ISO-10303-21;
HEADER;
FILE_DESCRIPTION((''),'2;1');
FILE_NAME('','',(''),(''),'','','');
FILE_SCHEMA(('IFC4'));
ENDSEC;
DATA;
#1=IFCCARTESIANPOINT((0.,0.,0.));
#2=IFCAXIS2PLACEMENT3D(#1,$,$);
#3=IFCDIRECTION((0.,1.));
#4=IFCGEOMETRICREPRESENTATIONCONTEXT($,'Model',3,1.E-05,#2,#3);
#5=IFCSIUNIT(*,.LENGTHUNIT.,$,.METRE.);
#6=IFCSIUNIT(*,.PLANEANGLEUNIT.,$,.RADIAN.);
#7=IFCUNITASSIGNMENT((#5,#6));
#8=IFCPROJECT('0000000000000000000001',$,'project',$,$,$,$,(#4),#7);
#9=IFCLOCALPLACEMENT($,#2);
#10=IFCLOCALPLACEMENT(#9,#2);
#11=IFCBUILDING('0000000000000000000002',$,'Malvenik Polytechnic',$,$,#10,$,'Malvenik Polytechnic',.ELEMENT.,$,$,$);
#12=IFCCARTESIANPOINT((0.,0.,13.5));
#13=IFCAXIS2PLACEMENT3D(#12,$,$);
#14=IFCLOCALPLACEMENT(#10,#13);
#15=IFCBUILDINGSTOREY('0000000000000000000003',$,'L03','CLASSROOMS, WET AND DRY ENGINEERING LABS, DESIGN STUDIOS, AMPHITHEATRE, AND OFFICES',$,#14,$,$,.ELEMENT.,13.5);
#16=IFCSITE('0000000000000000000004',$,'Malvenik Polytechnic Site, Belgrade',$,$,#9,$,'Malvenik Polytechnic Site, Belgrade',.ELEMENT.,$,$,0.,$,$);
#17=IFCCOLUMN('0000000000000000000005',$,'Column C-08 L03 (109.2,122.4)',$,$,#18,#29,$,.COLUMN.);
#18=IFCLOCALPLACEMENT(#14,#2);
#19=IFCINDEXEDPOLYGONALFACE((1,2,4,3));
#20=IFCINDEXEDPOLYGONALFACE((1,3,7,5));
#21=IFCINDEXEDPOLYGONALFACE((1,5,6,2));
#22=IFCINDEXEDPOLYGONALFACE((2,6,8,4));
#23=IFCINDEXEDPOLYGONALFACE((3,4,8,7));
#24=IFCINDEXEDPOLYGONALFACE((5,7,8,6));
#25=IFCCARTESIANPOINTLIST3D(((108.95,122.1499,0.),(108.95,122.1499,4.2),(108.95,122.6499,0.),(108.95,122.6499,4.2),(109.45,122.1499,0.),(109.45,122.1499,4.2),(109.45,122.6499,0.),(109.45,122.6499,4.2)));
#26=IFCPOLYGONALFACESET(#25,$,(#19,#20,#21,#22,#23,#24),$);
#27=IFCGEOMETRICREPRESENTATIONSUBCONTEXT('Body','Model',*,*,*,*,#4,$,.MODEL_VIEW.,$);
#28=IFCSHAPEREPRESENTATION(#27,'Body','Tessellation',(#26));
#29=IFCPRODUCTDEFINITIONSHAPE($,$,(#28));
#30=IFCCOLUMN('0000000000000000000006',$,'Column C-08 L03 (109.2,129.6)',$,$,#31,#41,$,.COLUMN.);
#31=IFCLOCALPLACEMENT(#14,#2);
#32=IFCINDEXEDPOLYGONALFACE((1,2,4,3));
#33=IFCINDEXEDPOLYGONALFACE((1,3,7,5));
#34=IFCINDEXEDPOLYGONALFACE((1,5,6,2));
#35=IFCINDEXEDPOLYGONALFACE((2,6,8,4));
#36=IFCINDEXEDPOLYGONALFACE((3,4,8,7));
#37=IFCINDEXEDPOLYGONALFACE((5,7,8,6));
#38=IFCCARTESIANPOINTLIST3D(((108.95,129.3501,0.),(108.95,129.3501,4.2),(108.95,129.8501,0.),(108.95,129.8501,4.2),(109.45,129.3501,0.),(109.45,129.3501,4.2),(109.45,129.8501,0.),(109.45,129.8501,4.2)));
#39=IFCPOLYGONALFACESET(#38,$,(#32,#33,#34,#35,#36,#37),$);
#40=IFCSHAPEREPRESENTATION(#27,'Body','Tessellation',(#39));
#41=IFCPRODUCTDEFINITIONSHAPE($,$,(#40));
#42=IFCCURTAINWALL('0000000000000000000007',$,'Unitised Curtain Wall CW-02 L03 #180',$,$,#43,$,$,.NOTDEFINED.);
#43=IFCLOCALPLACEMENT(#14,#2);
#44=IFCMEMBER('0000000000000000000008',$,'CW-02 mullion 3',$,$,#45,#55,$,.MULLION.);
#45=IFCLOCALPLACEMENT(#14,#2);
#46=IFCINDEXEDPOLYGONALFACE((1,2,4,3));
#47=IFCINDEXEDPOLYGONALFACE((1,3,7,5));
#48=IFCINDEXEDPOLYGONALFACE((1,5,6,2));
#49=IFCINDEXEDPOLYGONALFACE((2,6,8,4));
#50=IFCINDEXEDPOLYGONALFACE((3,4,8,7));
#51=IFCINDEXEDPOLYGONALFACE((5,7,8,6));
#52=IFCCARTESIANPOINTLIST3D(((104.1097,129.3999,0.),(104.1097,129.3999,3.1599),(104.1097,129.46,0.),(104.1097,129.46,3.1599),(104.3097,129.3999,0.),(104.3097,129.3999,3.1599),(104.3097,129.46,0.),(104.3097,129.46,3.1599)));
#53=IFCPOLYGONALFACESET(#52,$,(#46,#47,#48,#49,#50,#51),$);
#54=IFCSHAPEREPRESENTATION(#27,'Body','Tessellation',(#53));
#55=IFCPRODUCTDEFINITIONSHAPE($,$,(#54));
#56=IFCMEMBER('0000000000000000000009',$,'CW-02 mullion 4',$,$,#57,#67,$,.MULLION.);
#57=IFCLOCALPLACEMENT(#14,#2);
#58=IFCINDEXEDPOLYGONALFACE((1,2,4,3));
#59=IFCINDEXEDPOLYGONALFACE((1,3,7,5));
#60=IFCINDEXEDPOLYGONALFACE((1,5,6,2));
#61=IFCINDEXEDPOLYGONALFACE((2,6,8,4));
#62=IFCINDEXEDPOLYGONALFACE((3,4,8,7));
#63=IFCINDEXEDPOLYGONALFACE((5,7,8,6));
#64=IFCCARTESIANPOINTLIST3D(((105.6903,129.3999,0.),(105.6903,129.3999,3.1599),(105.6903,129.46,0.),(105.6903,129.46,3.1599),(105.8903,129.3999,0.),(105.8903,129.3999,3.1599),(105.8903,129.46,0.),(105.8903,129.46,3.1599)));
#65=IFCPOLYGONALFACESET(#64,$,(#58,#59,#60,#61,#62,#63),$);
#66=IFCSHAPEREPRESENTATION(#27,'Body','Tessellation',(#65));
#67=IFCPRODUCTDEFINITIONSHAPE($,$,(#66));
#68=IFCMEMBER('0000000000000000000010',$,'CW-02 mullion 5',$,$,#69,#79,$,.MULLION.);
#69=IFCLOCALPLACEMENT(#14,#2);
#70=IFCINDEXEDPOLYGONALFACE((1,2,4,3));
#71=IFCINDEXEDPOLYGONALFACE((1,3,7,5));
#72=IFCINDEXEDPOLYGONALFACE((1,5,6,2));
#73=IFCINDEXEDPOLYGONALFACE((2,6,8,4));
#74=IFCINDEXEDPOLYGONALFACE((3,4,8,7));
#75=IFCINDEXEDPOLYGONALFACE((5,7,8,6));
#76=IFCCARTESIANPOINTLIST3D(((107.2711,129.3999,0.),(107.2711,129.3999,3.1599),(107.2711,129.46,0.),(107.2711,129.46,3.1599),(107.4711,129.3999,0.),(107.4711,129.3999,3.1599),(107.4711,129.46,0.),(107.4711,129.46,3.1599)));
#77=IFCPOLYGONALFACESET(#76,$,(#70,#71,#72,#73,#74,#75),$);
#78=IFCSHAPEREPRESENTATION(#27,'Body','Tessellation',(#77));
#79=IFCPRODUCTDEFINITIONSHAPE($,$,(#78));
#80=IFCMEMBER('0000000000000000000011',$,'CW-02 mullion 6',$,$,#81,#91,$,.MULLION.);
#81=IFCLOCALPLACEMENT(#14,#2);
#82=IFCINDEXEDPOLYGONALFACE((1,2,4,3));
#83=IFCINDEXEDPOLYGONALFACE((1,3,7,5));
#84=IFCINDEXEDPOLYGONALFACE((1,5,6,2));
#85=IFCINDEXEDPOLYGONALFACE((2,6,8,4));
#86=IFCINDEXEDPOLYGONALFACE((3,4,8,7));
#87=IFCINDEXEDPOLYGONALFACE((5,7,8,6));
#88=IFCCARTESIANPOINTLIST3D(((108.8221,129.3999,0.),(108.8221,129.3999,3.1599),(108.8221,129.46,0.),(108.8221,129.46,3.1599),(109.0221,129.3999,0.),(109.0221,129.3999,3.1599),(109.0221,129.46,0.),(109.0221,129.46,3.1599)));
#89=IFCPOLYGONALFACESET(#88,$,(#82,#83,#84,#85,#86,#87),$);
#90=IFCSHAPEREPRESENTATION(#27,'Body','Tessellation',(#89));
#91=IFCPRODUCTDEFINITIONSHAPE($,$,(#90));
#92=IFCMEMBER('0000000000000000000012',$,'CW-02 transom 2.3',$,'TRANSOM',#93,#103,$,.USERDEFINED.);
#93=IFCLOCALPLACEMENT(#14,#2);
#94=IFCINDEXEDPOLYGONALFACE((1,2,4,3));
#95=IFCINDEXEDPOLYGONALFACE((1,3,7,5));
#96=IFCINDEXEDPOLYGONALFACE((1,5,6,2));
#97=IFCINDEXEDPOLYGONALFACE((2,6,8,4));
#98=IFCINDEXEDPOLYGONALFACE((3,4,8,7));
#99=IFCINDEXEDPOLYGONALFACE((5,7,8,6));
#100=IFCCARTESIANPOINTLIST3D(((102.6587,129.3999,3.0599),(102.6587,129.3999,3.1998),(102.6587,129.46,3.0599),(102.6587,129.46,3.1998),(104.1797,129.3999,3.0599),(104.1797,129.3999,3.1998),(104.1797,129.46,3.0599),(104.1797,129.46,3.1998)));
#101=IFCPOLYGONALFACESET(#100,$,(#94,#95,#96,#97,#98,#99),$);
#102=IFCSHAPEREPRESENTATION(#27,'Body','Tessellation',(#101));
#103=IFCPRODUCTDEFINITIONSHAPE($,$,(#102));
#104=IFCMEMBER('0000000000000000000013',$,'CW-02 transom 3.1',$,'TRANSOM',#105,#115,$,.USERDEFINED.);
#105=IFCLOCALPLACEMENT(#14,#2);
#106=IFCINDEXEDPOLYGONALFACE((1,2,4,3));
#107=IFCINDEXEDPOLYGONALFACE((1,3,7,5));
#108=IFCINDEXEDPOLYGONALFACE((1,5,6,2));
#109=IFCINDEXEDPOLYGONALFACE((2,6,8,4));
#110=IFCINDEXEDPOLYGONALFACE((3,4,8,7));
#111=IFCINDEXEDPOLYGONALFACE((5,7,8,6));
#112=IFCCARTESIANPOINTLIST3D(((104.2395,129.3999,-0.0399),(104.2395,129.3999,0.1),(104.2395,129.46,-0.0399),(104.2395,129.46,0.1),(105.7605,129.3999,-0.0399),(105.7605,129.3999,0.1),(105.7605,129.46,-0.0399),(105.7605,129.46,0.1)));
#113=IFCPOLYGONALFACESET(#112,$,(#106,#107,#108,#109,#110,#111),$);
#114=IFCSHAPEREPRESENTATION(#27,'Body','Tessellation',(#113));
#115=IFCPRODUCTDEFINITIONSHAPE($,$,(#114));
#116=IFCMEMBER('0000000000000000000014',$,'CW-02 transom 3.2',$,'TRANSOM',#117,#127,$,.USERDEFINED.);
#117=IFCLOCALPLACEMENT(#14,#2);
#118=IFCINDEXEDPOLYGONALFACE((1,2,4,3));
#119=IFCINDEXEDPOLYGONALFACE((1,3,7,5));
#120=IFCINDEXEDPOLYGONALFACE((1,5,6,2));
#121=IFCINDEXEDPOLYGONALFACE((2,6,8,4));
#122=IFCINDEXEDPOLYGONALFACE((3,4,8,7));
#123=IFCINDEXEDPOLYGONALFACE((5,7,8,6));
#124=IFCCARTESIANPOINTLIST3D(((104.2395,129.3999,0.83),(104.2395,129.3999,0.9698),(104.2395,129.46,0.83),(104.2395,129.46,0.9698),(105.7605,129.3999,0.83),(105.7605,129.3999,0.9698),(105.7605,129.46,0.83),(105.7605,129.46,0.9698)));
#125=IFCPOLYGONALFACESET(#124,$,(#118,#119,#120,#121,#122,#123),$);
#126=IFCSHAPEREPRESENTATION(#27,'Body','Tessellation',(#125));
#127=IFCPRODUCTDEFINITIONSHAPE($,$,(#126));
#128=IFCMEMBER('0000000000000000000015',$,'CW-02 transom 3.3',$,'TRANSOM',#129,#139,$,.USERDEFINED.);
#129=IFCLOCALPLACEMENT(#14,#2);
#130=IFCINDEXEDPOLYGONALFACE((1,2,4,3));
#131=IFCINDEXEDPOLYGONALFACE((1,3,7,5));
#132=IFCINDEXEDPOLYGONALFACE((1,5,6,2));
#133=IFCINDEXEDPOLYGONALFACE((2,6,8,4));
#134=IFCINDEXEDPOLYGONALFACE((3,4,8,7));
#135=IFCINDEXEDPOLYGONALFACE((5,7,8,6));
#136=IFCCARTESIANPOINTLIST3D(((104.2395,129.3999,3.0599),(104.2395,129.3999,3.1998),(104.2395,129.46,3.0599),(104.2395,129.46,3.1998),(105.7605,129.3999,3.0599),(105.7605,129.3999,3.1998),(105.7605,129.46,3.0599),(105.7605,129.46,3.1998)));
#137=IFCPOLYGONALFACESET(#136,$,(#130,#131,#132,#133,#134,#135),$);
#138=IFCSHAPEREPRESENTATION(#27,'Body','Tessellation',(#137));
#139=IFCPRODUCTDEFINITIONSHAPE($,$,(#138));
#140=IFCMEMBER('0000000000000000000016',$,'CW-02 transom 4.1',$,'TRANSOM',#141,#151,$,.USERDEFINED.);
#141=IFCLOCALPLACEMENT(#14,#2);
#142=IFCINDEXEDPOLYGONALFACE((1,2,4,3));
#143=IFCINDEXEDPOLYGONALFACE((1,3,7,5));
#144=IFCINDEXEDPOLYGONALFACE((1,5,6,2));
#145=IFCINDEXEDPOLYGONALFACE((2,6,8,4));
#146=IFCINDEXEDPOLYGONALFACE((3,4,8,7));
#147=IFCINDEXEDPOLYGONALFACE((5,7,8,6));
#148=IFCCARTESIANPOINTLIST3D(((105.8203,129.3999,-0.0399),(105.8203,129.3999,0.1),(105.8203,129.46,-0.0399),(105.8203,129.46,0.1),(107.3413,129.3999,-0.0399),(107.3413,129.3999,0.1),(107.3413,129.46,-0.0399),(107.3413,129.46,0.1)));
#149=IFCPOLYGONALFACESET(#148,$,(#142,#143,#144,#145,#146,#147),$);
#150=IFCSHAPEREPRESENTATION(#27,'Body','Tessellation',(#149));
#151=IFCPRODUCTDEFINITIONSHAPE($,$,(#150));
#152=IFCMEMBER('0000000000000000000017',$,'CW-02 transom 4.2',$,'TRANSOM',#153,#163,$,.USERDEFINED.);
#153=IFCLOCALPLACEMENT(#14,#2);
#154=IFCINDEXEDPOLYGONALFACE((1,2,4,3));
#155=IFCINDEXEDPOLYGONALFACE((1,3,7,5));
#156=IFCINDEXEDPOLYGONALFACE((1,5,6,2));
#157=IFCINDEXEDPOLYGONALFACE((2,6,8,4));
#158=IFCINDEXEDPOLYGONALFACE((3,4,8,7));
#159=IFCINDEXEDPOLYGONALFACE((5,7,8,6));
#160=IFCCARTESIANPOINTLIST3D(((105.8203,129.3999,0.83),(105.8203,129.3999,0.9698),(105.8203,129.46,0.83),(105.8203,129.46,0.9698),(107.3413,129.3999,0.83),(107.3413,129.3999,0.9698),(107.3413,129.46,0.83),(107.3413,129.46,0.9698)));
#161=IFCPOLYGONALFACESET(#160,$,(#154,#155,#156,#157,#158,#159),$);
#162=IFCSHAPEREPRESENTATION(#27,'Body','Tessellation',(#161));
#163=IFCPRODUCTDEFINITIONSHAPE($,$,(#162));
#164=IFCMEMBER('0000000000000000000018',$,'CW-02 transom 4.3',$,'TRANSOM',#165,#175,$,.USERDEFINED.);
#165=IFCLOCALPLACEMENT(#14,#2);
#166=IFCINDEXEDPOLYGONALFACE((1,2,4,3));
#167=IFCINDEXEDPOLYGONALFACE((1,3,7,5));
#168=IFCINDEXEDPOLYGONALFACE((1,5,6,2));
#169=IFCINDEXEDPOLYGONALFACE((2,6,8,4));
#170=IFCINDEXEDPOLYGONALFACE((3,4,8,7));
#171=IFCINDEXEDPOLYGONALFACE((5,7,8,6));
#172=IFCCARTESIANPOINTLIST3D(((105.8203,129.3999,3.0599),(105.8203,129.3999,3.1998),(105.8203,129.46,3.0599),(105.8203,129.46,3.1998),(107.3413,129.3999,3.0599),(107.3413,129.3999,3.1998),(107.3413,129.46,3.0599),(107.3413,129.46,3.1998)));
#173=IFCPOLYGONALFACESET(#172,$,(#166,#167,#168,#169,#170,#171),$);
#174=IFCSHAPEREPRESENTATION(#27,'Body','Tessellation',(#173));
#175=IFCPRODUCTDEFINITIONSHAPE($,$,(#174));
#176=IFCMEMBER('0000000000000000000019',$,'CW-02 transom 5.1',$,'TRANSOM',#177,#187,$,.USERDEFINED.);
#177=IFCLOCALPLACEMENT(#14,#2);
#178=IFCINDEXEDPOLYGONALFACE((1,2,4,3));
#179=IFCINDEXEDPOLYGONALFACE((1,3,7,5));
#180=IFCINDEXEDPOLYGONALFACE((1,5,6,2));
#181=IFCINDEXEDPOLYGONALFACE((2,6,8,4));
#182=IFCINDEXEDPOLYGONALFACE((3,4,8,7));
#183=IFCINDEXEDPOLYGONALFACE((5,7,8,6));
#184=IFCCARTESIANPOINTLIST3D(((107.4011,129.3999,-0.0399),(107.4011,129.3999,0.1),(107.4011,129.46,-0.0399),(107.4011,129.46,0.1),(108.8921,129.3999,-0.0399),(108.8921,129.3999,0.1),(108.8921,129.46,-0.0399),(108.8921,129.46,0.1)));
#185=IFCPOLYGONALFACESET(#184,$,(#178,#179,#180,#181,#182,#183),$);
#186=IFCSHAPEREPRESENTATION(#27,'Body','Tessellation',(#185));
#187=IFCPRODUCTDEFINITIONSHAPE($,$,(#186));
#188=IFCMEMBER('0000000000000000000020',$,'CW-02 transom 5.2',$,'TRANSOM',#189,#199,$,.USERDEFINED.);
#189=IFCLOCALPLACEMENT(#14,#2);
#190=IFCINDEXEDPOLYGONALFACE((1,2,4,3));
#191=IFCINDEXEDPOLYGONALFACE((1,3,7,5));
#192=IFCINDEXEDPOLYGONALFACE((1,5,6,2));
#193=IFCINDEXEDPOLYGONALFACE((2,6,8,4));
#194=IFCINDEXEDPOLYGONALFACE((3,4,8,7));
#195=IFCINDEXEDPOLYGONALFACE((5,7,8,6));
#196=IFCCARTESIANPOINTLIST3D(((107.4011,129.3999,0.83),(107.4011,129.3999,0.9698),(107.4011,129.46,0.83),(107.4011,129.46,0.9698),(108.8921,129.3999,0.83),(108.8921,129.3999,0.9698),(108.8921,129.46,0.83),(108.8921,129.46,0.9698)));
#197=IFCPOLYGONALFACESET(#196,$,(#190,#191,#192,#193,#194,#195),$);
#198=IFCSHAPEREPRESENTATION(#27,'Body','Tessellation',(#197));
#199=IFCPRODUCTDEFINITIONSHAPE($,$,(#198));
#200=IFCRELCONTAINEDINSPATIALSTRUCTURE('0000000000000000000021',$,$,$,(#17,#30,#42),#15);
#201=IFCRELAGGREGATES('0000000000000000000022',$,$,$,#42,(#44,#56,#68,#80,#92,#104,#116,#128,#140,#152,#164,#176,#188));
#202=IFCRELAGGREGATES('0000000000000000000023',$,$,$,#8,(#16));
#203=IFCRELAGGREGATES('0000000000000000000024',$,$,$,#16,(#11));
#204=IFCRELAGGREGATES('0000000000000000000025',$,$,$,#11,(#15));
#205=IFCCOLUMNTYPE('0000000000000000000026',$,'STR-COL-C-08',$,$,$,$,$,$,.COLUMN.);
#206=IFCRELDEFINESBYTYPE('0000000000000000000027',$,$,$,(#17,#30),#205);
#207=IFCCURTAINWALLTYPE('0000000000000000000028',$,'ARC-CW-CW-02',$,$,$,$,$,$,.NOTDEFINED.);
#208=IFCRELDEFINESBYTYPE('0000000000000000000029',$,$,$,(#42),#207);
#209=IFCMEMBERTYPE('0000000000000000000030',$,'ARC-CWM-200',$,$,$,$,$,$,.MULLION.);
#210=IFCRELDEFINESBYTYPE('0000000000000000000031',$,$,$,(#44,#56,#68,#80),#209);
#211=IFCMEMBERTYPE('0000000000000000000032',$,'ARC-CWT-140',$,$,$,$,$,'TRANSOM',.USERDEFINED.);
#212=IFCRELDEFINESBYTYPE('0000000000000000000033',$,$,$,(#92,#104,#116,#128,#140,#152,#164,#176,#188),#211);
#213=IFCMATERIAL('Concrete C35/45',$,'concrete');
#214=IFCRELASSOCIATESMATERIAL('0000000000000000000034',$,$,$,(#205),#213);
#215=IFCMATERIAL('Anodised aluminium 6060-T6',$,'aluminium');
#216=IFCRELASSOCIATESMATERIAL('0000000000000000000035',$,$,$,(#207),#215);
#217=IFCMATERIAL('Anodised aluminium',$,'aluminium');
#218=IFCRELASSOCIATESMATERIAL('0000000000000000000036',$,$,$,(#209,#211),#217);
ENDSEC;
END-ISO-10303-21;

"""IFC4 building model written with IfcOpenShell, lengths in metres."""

from ifc_helpers import new_model, si_unit, direction, frame, origin, origin_2d, place, context, subcontext, project, spatial, rectangle, extrude, material, material_profile, profile_set, type_object, element, aggregate, save


model = new_model("IFC4")

# Units and contexts
model_context = context("Model", 3, precision=1e-05, world=origin(), true_north=direction((0.0, 1.0)))
body_context = subcontext(model_context, "Body", "Model", "MODEL_VIEW")
ifc_project = project(units=[si_unit("LENGTHUNIT", "METRE"), si_unit("PLANEANGLEUNIT", "RADIAN")], contexts=[model_context])

# Site, building, storey
site_placement = place(None, origin())
site = spatial("IfcSite", under=ifc_project, at=site_placement, Name="Malvenik Polytechnic Site, Belgrade", LongName="Malvenik Polytechnic Site, Belgrade", CompositionType="ELEMENT", RefElevation=0.0)
building_placement = place(site_placement, origin())
building = spatial("IfcBuilding", under=site, at=building_placement, Name="Malvenik Polytechnic", LongName="Malvenik Polytechnic", CompositionType="ELEMENT")
storey_placement = place(building_placement, frame((0.0, 0.0, 13.5)))
storey = spatial("IfcBuildingStorey", under=building, at=storey_placement, Name="L03", Description="CLASSROOMS, WET AND DRY ENGINEERING LABS, DESIGN STUDIOS, AMPHITHEATRE, AND OFFICES", CompositionType="ELEMENT", Elevation=13.5)

# Columns
ifc_material_1 = material(Name="Concrete C35/45", Category="concrete")
ifc_material_profile_1 = material_profile(ifc_material_1, rectangle(XDim=0.5, YDim=0.5, at=origin_2d()), Name="RC COL 500x500")
ifc_profile_set_1 = profile_set([ifc_material_profile_1], Name="Concrete C35/45")
column_type = type_object("IfcColumnType", Name="STR-COL-C-08", PredefinedType="COLUMN", material=ifc_profile_set_1)
for number, where, z_axis, x_axis, name in (
    (1, (109.2, 122.3999, 0.0), (0.0, 0.0, 1.0), (1.0, 0.0, 0.0), "Column C-08 L03 (109.2,122.4)"),
    (2, (109.2, 129.6001, 0.0), (0.0, 0.0, 1.0), (1.0, 0.0, 0.0), "Column C-08 L03 (109.2,129.6)"),
):
    element("IfcColumn", number, at=place(storey_placement, frame(where, z_axis=z_axis, x_axis=x_axis)), inside=storey, type_object=column_type, Name=name, PredefinedType="COLUMN", context=body_context, shape_type="SweptSolid", body=[
        extrude(rectangle(XDim=0.5, YDim=0.5, at=origin_2d()), origin(), (0.0, 0.0, 1.0), 4.2),
    ])

# Curtain wall, members
ifc_material_2 = material(Name="Anodised aluminium 6060-T6", Category="aluminium")
curtain_wall_type = type_object("IfcCurtainWallType", Name="ARC-CW-CW-02", PredefinedType="NOTDEFINED", material=ifc_material_2)
curtain_wall_placement = place(storey_placement, origin())
curtain_wall = element("IfcCurtainWall", 3, at=curtain_wall_placement, inside=storey, type_object=curtain_wall_type, Name="Unitised Curtain Wall CW-02 L03 #180", PredefinedType="NOTDEFINED")
ifc_material_3 = material(Name="Anodised aluminium", Category="aluminium")
ifc_material_profile_2 = material_profile(ifc_material_3, rectangle(XDim=0.0601, YDim=0.2, at=origin_2d()), Name="ALU MULLION 60x200")
ifc_profile_set_2 = profile_set([ifc_material_profile_2], Name="Anodised aluminium")
member_type_1 = type_object("IfcMemberType", Name="ARC-CWM-200", PredefinedType="MULLION", material=ifc_profile_set_2)
member_1_placement = place(storey_placement, frame((104.2097, 129.4299, 0.0), z_axis=(0.0, 0.0, 1.0), x_axis=(0.0, 1.0, 0.0)))
member_1 = element("IfcMember", 4, at=member_1_placement, type_object=member_type_1, Name="CW-02 mullion 3", PredefinedType="MULLION", context=body_context, shape_type="SweptSolid", body=[
    extrude(rectangle(XDim=0.0601, YDim=0.2, at=origin_2d()), origin(), (0.0, 0.0, 1.0), 3.1599),
])
member_2_placement = place(storey_placement, frame((105.7903, 129.4299, 0.0), z_axis=(0.0, 0.0, 1.0), x_axis=(0.0, 1.0, 0.0)))
member_2 = element("IfcMember", 5, at=member_2_placement, type_object=member_type_1, Name="CW-02 mullion 4", PredefinedType="MULLION", context=body_context, shape_type="SweptSolid", body=[
    extrude(rectangle(XDim=0.0601, YDim=0.2, at=origin_2d()), origin(), (0.0, 0.0, 1.0), 3.1599),
])
member_3_placement = place(storey_placement, frame((107.3711, 129.4299, 0.0), z_axis=(0.0, 0.0, 1.0), x_axis=(0.0, 1.0, 0.0)))
member_3 = element("IfcMember", 6, at=member_3_placement, type_object=member_type_1, Name="CW-02 mullion 5", PredefinedType="MULLION", context=body_context, shape_type="SweptSolid", body=[
    extrude(rectangle(XDim=0.0601, YDim=0.2, at=origin_2d()), origin(), (0.0, 0.0, 1.0), 3.1599),
])
member_4_placement = place(storey_placement, frame((108.9221, 129.4299, 0.0), z_axis=(0.0, 0.0, 1.0), x_axis=(0.0, 1.0, 0.0)))
member_4 = element("IfcMember", 7, at=member_4_placement, type_object=member_type_1, Name="CW-02 mullion 6", PredefinedType="MULLION", context=body_context, shape_type="SweptSolid", body=[
    extrude(rectangle(XDim=0.0601, YDim=0.2, at=origin_2d()), origin(), (0.0, 0.0, 1.0), 3.1599),
])
ifc_material_profile_3 = material_profile(ifc_material_3, rectangle(XDim=0.0601, YDim=0.1399, at=origin_2d()), Name="ALU TRANSOM 60x140")
ifc_profile_set_3 = profile_set([ifc_material_profile_3], Name="Anodised aluminium")
member_type_2 = type_object("IfcMemberType", Name="ARC-CWT-140", ElementType="TRANSOM", PredefinedType="USERDEFINED", material=ifc_profile_set_3)
member_5_placement = place(storey_placement, frame((102.6587, 129.4299, 3.1299), z_axis=(1.0, 0.0, 0.0), x_axis=(0.0, 1.0, 0.0)))
member_5 = element("IfcMember", 8, at=member_5_placement, type_object=member_type_2, Name="CW-02 transom 2.3", ObjectType="TRANSOM", PredefinedType="USERDEFINED", context=body_context, shape_type="SweptSolid", body=[
    extrude(rectangle(XDim=0.0601, YDim=0.1399, at=origin_2d()), origin(), (0.0, 0.0, 1.0), 1.521),
])
member_6_placement = place(storey_placement, frame((104.2395, 129.4299, 0.03), z_axis=(1.0, 0.0, 0.0), x_axis=(0.0, 1.0, 0.0)))
member_6 = element("IfcMember", 9, at=member_6_placement, type_object=member_type_2, Name="CW-02 transom 3.1", ObjectType="TRANSOM", PredefinedType="USERDEFINED", context=body_context, shape_type="SweptSolid", body=[
    extrude(rectangle(XDim=0.0601, YDim=0.1399, at=origin_2d()), origin(), (0.0, 0.0, 1.0), 1.521),
])
member_7_placement = place(storey_placement, frame((104.2395, 129.4299, 0.8999), z_axis=(1.0, 0.0, 0.0), x_axis=(0.0, 1.0, 0.0)))
member_7 = element("IfcMember", 10, at=member_7_placement, type_object=member_type_2, Name="CW-02 transom 3.2", ObjectType="TRANSOM", PredefinedType="USERDEFINED", context=body_context, shape_type="SweptSolid", body=[
    extrude(rectangle(XDim=0.0601, YDim=0.1399, at=origin_2d()), origin(), (0.0, 0.0, 1.0), 1.521),
])
member_8_placement = place(storey_placement, frame((104.2395, 129.4299, 3.1299), z_axis=(1.0, 0.0, 0.0), x_axis=(0.0, 1.0, 0.0)))
member_8 = element("IfcMember", 11, at=member_8_placement, type_object=member_type_2, Name="CW-02 transom 3.3", ObjectType="TRANSOM", PredefinedType="USERDEFINED", context=body_context, shape_type="SweptSolid", body=[
    extrude(rectangle(XDim=0.0601, YDim=0.1399, at=origin_2d()), origin(), (0.0, 0.0, 1.0), 1.521),
])
member_9_placement = place(storey_placement, frame((105.8203, 129.4299, 0.03), z_axis=(1.0, 0.0, 0.0), x_axis=(0.0, 1.0, 0.0)))
member_9 = element("IfcMember", 12, at=member_9_placement, type_object=member_type_2, Name="CW-02 transom 4.1", ObjectType="TRANSOM", PredefinedType="USERDEFINED", context=body_context, shape_type="SweptSolid", body=[
    extrude(rectangle(XDim=0.0601, YDim=0.1399, at=origin_2d()), origin(), (0.0, 0.0, 1.0), 1.521),
])
member_10_placement = place(storey_placement, frame((105.8203, 129.4299, 0.8999), z_axis=(1.0, 0.0, 0.0), x_axis=(0.0, 1.0, 0.0)))
member_10 = element("IfcMember", 13, at=member_10_placement, type_object=member_type_2, Name="CW-02 transom 4.2", ObjectType="TRANSOM", PredefinedType="USERDEFINED", context=body_context, shape_type="SweptSolid", body=[
    extrude(rectangle(XDim=0.0601, YDim=0.1399, at=origin_2d()), origin(), (0.0, 0.0, 1.0), 1.521),
])
member_11_placement = place(storey_placement, frame((105.8203, 129.4299, 3.1299), z_axis=(1.0, 0.0, 0.0), x_axis=(0.0, 1.0, 0.0)))
member_11 = element("IfcMember", 14, at=member_11_placement, type_object=member_type_2, Name="CW-02 transom 4.3", ObjectType="TRANSOM", PredefinedType="USERDEFINED", context=body_context, shape_type="SweptSolid", body=[
    extrude(rectangle(XDim=0.0601, YDim=0.1399, at=origin_2d()), origin(), (0.0, 0.0, 1.0), 1.521),
])
member_12_placement = place(storey_placement, frame((107.4011, 129.4299, 0.03), z_axis=(1.0, 0.0, 0.0), x_axis=(0.0, 1.0, 0.0)))
member_12 = element("IfcMember", 15, at=member_12_placement, type_object=member_type_2, Name="CW-02 transom 5.1", ObjectType="TRANSOM", PredefinedType="USERDEFINED", context=body_context, shape_type="SweptSolid", body=[
    extrude(rectangle(XDim=0.0601, YDim=0.1399, at=origin_2d()), origin(), (0.0, 0.0, 1.0), 1.491),
])
member_13_placement = place(storey_placement, frame((107.4011, 129.4299, 0.8999), z_axis=(1.0, 0.0, 0.0), x_axis=(0.0, 1.0, 0.0)))
member_13 = element("IfcMember", 16, at=member_13_placement, type_object=member_type_2, Name="CW-02 transom 5.2", ObjectType="TRANSOM", PredefinedType="USERDEFINED", context=body_context, shape_type="SweptSolid", body=[
    extrude(rectangle(XDim=0.0601, YDim=0.1399, at=origin_2d()), origin(), (0.0, 0.0, 1.0), 1.491),
])

aggregate(curtain_wall, [member_1, member_2, member_3, member_4, member_5, member_6, member_7, member_8, member_9, member_10, member_11, member_12, member_13])

save(model, "model.ifc")
